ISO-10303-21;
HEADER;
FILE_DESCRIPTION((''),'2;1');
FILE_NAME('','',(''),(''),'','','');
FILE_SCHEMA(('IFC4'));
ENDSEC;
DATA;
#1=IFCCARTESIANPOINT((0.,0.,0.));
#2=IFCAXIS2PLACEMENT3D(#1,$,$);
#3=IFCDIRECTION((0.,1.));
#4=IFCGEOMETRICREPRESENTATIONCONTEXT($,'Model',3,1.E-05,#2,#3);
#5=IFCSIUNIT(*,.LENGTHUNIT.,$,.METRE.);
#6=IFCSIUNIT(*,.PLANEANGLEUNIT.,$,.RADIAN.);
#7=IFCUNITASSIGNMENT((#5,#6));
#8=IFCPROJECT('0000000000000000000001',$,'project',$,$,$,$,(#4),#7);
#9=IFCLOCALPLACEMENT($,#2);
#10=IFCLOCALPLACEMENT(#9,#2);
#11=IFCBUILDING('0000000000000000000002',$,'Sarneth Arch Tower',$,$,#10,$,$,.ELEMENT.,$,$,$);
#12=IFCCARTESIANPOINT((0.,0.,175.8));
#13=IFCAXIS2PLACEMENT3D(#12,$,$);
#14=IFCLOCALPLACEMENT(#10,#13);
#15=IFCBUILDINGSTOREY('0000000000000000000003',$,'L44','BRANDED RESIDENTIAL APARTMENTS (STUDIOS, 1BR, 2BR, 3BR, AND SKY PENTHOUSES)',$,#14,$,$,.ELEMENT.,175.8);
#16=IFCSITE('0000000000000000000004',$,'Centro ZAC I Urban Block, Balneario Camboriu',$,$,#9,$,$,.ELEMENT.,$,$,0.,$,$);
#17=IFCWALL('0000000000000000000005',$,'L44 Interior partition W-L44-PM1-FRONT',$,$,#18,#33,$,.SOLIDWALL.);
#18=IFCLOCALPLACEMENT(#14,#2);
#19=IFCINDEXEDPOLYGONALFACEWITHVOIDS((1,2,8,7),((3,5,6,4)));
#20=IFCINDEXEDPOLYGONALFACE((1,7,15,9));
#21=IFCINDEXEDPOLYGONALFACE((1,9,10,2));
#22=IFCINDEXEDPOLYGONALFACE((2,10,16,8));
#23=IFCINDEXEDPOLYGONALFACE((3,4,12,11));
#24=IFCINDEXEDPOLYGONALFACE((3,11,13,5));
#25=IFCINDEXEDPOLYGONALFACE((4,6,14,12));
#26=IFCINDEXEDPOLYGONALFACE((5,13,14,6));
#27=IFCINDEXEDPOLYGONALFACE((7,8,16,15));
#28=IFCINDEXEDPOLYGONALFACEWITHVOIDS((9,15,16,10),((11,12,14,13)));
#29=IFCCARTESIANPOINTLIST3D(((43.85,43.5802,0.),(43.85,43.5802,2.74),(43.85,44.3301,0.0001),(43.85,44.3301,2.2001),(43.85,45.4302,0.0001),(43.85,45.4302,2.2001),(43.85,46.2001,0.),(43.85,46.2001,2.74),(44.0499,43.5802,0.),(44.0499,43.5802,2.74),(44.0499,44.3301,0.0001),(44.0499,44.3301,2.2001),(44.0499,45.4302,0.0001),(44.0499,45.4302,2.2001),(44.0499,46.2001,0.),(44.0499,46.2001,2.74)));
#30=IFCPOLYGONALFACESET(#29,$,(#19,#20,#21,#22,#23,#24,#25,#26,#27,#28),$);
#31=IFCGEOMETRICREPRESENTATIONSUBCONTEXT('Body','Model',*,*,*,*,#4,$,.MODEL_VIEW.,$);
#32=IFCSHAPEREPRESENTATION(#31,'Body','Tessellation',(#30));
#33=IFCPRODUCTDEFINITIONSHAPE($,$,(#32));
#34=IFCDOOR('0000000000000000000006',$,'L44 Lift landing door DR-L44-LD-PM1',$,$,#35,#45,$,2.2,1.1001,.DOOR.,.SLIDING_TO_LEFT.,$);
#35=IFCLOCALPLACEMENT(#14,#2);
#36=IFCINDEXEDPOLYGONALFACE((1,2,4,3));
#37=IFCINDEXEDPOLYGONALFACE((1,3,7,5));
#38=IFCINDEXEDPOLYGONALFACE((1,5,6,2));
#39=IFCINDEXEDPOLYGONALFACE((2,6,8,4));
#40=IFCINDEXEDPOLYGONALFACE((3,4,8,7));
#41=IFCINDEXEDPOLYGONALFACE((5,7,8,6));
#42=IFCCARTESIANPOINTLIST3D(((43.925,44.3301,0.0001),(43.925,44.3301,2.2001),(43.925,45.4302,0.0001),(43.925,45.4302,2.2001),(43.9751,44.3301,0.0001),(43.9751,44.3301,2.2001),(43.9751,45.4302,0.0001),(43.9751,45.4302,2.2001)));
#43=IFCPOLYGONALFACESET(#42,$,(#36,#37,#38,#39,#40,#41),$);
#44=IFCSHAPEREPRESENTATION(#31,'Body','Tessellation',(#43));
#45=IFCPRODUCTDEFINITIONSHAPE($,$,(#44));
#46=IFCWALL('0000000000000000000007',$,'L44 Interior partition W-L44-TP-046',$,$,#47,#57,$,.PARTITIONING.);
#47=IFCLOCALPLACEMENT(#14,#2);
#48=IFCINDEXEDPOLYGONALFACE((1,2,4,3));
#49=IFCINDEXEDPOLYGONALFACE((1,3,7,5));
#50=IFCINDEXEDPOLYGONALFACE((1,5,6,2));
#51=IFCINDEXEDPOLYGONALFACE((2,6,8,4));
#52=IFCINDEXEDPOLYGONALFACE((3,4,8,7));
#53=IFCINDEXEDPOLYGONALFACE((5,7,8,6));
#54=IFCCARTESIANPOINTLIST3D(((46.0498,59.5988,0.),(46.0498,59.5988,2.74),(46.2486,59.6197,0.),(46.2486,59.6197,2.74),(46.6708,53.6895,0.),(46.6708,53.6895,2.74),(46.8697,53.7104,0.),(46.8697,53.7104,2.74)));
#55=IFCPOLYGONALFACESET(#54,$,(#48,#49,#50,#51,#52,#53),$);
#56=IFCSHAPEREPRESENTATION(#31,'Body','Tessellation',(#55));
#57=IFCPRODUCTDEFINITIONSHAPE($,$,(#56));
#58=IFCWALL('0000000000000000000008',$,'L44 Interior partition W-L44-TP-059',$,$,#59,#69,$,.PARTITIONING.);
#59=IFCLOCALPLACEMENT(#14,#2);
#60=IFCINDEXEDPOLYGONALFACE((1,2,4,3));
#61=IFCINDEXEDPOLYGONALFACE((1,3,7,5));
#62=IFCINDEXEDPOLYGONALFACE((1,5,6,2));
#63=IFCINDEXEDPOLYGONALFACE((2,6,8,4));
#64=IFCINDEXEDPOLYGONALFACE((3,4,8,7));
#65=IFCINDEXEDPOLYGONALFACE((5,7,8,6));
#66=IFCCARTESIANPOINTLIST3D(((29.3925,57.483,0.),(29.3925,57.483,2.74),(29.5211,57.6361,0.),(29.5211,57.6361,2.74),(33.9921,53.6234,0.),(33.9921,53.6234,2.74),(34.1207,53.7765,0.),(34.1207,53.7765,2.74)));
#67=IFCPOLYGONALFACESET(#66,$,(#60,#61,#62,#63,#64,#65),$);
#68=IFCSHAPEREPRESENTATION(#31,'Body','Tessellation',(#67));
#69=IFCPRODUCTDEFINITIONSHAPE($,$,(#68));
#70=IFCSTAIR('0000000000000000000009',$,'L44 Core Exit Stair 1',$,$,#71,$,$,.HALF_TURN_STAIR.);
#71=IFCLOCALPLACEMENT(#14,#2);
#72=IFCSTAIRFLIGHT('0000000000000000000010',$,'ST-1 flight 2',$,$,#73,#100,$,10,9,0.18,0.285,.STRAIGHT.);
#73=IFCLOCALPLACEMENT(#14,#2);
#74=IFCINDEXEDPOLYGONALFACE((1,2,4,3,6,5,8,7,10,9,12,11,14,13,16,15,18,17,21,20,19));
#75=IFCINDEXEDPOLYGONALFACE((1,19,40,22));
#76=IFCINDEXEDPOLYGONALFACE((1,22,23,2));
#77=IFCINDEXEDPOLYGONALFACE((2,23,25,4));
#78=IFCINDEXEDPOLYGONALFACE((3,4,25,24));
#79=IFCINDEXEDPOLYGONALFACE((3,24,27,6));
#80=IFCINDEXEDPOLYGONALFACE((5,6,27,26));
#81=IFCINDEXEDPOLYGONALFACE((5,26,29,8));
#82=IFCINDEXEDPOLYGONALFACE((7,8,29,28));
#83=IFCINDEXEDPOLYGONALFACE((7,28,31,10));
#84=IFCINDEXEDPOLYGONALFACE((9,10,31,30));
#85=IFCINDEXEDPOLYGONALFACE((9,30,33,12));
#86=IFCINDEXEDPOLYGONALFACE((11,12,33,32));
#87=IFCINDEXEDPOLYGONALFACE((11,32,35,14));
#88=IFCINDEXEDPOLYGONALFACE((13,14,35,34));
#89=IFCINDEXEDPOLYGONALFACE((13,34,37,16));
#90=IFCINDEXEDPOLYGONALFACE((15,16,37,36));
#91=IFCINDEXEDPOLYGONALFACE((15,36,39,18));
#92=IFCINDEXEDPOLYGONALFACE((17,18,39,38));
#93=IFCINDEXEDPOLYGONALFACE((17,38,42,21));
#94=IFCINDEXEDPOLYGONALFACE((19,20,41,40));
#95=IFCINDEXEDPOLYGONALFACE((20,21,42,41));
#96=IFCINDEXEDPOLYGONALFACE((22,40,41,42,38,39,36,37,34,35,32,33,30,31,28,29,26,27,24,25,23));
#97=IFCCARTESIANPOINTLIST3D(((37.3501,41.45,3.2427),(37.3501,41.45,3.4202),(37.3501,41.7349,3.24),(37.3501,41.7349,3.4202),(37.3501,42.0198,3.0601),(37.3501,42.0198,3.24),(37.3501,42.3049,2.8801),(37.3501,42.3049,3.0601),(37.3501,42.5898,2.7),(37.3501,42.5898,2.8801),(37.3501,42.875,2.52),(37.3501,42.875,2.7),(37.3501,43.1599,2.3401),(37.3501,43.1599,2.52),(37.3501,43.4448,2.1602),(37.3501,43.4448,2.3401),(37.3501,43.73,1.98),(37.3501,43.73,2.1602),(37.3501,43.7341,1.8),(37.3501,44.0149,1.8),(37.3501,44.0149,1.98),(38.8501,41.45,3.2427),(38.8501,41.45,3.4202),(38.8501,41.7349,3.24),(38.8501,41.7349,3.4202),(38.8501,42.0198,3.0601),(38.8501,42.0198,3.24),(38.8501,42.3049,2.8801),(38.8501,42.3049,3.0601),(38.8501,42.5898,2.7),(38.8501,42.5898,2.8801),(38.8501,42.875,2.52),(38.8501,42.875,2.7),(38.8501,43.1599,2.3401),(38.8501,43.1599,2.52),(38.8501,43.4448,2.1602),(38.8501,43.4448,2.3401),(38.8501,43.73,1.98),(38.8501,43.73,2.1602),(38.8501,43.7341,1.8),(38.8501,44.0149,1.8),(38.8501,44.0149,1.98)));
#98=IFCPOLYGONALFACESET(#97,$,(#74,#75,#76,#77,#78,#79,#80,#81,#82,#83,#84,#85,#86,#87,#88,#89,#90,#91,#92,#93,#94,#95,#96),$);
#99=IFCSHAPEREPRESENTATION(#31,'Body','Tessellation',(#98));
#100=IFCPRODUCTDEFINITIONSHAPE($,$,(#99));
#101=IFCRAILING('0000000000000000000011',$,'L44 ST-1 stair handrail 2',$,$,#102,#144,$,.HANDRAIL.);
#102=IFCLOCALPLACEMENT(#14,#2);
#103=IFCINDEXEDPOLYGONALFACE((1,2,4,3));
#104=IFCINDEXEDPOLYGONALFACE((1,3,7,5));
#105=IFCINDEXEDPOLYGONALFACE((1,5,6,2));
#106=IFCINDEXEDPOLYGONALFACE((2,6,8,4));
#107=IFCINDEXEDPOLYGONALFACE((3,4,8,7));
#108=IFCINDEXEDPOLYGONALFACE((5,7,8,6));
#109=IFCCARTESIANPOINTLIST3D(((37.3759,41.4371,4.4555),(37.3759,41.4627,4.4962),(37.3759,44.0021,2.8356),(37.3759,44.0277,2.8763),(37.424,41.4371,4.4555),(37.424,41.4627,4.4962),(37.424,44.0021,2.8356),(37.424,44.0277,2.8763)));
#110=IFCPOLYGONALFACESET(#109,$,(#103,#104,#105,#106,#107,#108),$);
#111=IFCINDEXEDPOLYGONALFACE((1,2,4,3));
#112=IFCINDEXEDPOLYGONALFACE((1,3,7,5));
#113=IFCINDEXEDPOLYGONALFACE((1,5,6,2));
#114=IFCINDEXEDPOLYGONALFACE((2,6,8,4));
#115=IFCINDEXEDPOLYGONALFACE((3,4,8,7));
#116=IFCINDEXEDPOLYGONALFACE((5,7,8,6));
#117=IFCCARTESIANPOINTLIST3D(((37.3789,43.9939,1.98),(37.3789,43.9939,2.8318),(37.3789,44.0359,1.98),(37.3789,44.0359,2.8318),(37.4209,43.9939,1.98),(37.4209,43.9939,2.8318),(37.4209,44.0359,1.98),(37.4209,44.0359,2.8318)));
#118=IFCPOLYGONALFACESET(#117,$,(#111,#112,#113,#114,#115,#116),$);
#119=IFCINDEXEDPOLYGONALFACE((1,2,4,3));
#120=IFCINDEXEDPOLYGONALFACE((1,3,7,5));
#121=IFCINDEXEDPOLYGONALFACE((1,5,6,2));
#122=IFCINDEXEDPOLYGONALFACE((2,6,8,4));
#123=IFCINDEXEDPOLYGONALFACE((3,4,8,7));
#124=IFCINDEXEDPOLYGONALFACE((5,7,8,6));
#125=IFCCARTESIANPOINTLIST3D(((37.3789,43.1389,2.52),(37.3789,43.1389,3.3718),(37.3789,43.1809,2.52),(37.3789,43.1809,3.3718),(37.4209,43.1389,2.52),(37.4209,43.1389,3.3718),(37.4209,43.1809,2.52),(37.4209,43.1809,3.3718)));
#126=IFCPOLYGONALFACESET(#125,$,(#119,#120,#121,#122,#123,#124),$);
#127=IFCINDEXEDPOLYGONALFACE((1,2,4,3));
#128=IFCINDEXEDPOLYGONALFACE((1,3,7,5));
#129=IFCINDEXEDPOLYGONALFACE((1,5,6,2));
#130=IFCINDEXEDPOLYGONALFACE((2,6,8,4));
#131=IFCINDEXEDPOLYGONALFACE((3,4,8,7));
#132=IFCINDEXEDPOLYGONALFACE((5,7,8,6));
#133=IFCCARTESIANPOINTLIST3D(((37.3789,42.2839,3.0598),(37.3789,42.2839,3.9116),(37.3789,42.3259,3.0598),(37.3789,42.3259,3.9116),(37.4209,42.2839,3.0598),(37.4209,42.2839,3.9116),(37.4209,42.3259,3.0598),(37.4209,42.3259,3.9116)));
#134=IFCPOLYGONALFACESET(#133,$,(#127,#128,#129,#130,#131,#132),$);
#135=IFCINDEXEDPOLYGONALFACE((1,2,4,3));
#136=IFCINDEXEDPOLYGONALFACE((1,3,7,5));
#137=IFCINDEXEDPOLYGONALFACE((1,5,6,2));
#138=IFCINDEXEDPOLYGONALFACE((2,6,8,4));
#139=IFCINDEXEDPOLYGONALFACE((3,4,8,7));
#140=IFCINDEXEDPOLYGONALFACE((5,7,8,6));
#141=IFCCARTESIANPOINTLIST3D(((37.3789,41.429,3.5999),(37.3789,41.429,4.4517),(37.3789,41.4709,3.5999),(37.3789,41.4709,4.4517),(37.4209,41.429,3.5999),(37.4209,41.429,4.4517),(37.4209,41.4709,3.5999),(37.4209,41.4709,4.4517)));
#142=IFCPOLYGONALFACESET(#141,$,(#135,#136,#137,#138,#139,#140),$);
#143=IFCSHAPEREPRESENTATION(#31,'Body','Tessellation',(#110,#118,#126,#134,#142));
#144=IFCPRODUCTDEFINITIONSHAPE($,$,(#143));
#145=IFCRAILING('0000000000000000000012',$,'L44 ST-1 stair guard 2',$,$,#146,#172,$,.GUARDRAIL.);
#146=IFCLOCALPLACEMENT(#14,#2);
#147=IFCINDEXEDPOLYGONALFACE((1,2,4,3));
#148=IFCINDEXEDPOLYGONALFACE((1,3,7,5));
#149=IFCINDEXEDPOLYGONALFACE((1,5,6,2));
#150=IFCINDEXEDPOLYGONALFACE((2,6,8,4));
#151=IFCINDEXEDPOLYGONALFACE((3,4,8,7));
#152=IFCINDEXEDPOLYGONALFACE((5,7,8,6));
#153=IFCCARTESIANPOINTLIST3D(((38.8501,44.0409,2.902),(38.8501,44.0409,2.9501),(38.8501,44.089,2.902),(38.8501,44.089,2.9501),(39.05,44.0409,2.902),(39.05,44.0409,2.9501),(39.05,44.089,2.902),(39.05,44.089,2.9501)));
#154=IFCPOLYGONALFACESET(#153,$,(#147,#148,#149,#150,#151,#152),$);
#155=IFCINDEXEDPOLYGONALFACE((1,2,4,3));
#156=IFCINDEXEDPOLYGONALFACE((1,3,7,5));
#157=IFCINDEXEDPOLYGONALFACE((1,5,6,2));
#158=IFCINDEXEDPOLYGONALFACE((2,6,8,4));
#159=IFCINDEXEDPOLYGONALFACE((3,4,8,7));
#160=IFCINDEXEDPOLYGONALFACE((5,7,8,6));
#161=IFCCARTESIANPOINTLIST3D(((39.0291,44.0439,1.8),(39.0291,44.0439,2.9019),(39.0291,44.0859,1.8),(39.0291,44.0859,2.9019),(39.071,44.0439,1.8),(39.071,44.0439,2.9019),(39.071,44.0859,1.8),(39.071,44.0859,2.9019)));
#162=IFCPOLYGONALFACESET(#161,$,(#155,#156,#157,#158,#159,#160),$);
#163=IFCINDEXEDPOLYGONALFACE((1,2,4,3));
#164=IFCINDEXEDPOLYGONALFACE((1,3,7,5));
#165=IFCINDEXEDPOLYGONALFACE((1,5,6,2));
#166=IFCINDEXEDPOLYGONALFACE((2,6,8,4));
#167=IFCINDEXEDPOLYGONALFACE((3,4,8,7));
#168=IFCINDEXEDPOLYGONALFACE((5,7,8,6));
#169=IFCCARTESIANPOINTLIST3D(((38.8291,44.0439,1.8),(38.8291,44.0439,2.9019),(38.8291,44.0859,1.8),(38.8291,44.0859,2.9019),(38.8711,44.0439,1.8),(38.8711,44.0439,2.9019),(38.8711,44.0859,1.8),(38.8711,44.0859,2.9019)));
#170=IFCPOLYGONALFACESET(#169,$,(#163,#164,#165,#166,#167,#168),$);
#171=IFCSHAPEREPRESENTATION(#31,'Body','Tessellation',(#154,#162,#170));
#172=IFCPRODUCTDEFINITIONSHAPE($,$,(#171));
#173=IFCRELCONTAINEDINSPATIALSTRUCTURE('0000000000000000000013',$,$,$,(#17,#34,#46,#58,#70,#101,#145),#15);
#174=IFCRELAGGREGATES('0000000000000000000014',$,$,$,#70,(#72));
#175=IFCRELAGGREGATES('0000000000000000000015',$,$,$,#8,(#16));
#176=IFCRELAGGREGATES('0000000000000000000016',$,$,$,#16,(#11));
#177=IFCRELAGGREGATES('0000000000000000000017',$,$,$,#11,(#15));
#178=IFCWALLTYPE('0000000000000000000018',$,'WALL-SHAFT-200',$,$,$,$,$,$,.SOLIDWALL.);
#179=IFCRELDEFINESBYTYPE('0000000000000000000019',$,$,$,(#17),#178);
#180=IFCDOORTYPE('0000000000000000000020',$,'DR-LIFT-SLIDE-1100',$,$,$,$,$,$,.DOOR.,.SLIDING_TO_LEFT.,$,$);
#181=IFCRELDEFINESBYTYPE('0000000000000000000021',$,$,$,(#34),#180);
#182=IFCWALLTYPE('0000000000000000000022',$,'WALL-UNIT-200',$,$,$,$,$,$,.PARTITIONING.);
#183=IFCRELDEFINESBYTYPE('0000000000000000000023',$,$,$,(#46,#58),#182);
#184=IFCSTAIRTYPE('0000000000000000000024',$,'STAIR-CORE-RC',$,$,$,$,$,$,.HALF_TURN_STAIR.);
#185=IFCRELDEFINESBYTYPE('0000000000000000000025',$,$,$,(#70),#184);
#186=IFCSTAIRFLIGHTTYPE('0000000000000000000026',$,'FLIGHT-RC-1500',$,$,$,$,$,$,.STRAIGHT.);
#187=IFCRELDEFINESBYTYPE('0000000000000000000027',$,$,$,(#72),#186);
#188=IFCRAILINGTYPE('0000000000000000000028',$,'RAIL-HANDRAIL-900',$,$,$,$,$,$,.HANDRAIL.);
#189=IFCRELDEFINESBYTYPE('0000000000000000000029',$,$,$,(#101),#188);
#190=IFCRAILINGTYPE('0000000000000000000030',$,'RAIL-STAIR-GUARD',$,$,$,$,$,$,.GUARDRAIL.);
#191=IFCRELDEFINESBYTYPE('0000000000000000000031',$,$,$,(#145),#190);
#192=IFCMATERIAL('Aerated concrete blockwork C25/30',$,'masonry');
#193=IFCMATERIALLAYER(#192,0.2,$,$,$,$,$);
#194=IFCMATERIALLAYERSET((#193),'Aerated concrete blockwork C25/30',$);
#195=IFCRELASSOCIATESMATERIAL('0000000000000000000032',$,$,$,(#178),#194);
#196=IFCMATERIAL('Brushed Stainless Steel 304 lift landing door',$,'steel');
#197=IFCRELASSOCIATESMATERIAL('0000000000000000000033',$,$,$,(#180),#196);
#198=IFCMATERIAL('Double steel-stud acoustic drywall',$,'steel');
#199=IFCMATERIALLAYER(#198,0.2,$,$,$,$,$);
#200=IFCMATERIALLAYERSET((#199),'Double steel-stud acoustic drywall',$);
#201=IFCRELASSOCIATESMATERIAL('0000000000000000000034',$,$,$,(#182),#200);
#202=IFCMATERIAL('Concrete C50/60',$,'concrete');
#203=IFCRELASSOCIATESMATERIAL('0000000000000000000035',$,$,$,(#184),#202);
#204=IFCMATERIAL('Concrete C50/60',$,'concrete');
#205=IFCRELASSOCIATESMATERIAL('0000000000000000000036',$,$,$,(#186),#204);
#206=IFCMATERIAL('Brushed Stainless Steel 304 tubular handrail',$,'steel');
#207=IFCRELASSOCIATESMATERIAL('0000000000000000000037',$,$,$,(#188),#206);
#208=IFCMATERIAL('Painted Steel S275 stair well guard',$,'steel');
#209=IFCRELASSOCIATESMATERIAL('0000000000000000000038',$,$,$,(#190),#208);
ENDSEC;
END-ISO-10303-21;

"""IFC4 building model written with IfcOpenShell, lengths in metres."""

from ifc_helpers import new_model, si_unit, direction, frame, frame_2d, origin, origin_2d, place, context, subcontext, project, spatial, polyline, rectangle, outline, extrude, material, layer, layer_set, type_object, element, fill, aggregate, save


model = new_model("IFC4")

# Units and contexts
model_context = context("Model", 3, precision=1e-05, world=origin(), true_north=direction((0.0, 1.0)))
body_context = subcontext(model_context, "Body", "Model", "MODEL_VIEW")
ifc_project = project(units=[si_unit("LENGTHUNIT", "METRE"), si_unit("PLANEANGLEUNIT", "RADIAN")], contexts=[model_context])

# Site, building, storey
site_placement = place(None, origin())
site = spatial("IfcSite", under=ifc_project, at=site_placement, Name="Centro ZAC I Urban Block, Balneario Camboriu", CompositionType="ELEMENT", RefElevation=0.0)
building_placement = place(site_placement, origin())
building = spatial("IfcBuilding", under=site, at=building_placement, Name="Sarneth Arch Tower", CompositionType="ELEMENT")
storey_placement = place(building_placement, frame((0.0, 0.0, 175.8)))
storey = spatial("IfcBuildingStorey", under=building, at=storey_placement, Name="L44", Description="BRANDED RESIDENTIAL APARTMENTS (STUDIOS, 1BR, 2BR, 3BR, AND SKY PENTHOUSES)", CompositionType="ELEMENT", Elevation=175.8)

# Shared definitions
ifc_material_1 = material(Name="Aerated concrete blockwork C25/30", Category="masonry")
ifc_layer_1 = layer(ifc_material_1, 0.2)
ifc_layer_set_1 = layer_set([ifc_layer_1], Name="Aerated concrete blockwork C25/30")
wall_type_1 = type_object("IfcWallType", Name="WALL-SHAFT-200", PredefinedType="SOLIDWALL", material=ifc_layer_set_1)

# Wall, opening, door
wall_1_placement = place(storey_placement, frame((43.95, 43.5801, 0.0), z_axis=(0.0, 0.0, 1.0), x_axis=(0.0, 1.0, 0.0)))
wall_1 = element("IfcWall", 1, at=wall_1_placement, inside=storey, type_object=wall_type_1, Name="L44 Interior partition W-L44-PM1-FRONT", PredefinedType="SOLIDWALL", context=body_context, shape_type="SweptSolid", body=[
    extrude(rectangle(XDim=2.6199, YDim=0.2, at=frame_2d((1.3101, 0.0))), origin(), (0.0, 0.0, 1.0), 2.74),
])
opening_1_placement = place(wall_1_placement, frame((0.75, 0.0, 0.0)))
opening_1 = element("IfcOpeningElement", 2, at=opening_1_placement, cuts=wall_1, PredefinedType="OPENING", context=body_context, shape_type="SweptSolid", body=[
    extrude(rectangle(XDim=1.1001, YDim=2.2, at=frame_2d((0.55, 1.1001))), frame((0.0, 0.1099, 0.0), z_axis=(0.0, -1.0, 0.0), x_axis=(1.0, 0.0, 0.0)), (0.0, 0.0, 1.0), 0.22),
])
ifc_material_2 = material(Name="Brushed Stainless Steel 304 lift landing door", Category="steel")
door_type_1 = type_object("IfcDoorType", Name="DR-LIFT-SLIDE-1100", OperationType="SLIDING_TO_LEFT", PredefinedType="DOOR", material=ifc_material_2)
door_1_placement = place(opening_1_placement, origin())
door_1 = element("IfcDoor", 3, at=door_1_placement, inside=storey, type_object=door_type_1, Name="L44 Lift landing door DR-L44-LD-PM1", OperationType="SLIDING_TO_LEFT", OverallHeight=2.2, OverallWidth=1.1001, PredefinedType="DOOR", context=body_context, shape_type="SweptSolid", body=[
    extrude(rectangle(XDim=1.1001, YDim=2.2, at=frame_2d((0.55, 1.1001))), frame((0.0, 0.0249, 0.0), z_axis=(0.0, -1.0, 0.0), x_axis=(1.0, 0.0, 0.0)), (0.0, 0.0, 1.0), 0.05),
])
fill(opening_1, door_1)

# Walls
ifc_material_3 = material(Name="Double steel-stud acoustic drywall", Category="steel")
ifc_layer_2 = layer(ifc_material_3, 0.2)
ifc_layer_set_2 = layer_set([ifc_layer_2], Name="Double steel-stud acoustic drywall")
wall_type_2 = type_object("IfcWallType", Name="WALL-UNIT-200", PredefinedType="PARTITIONING", material=ifc_layer_set_2)
wall_2_placement = place(storey_placement, frame((46.7703, 53.7, 0.0), z_axis=(0.0, 0.0, 1.0), x_axis=(-0.104527, 0.994522, 0.0)))
element("IfcWall", 4, at=wall_2_placement, inside=storey, type_object=wall_type_2, Name="L44 Interior partition W-L44-TP-046", PredefinedType="PARTITIONING", context=body_context, shape_type="SweptSolid", body=[
    extrude(rectangle(XDim=5.9419, YDim=0.2, at=frame_2d((2.9709, 0.0))), origin(), (0.0, 0.0, 1.0), 2.74),
])
wall_3_placement = place(storey_placement, frame((34.0564, 53.7, 0.0), z_axis=(0.0, 0.0, 1.0), x_axis=(-0.766037, 0.642796, 0.0)))
element("IfcWall", 5, at=wall_3_placement, inside=storey, type_object=wall_type_2, Name="L44 Interior partition W-L44-TP-059", PredefinedType="PARTITIONING", context=body_context, shape_type="SweptSolid", body=[
    extrude(rectangle(XDim=6.0044, YDim=0.2, at=frame_2d((3.0022, 0.0))), origin(), (0.0, 0.0, 1.0), 2.74),
])

# Stair, stair flight
ifc_material_4 = material(Name="Concrete C50/60", Category="concrete")
stair_type = type_object("IfcStairType", Name="STAIR-CORE-RC", PredefinedType="HALF_TURN_STAIR", material=ifc_material_4)
stair_placement = place(storey_placement, origin())
stair = element("IfcStair", 6, at=stair_placement, inside=storey, type_object=stair_type, Name="L44 Core Exit Stair 1", PredefinedType="HALF_TURN_STAIR")
ifc_material_5 = material(Name="Concrete C50/60", Category="concrete")
stair_flight_type = type_object("IfcStairFlightType", Name="FLIGHT-RC-1500", PredefinedType="STRAIGHT", material=ifc_material_5)
stair_flight_placement = place(storey_placement, frame((38.1001, 44.0149, 1.8), z_axis=(0.0, 0.0, 1.0), x_axis=(0.0, -1.0, 0.0)))
stair_flight = element("IfcStairFlight", 7, at=stair_flight_placement, type_object=stair_flight_type, Name="ST-1 flight 2", NumberOfRisers=10, NumberOfTreads=9, PredefinedType="STRAIGHT", RiserHeight=0.18, TreadLength=0.285, context=body_context, shape_type="SweptSolid", body=[
    extrude(outline(polyline([(0.0, 0.0), (0.0, 0.1799), (0.2849, 0.1799), (0.2849, 0.3601), (0.5701, 0.3601), (0.5701, 0.54), (0.855, 0.54), (0.855, 0.72), (1.1399, 0.72), (1.1399, 0.8999), (1.425, 0.8999), (1.425, 1.0801), (1.71, 1.0801), (1.71, 1.26), (1.9951, 1.26), (1.9951, 1.4399), (2.28, 1.4399), (2.28, 1.6201), (2.5649, 1.6201), (2.5649, 1.8), (2.5649, 1.4426), (0.2808, 0.0), (0.0, 0.0)])), frame((0.0, 0.75, 0.0), z_axis=(0.0, -1.0, 0.0), x_axis=(1.0, 0.0, 0.0)), (0.0, 0.0, 1.0), 1.5),
])
aggregate(stair, [stair_flight])

# Railings
ifc_material_6 = material(Name="Brushed Stainless Steel 304 tubular handrail", Category="steel")
railing_type_1 = type_object("IfcRailingType", Name="RAIL-HANDRAIL-900", PredefinedType="HANDRAIL", material=ifc_material_6)
railing_1_placement = place(storey_placement, frame((37.3999, 44.0149, 1.98)))
element("IfcRailing", 8, at=railing_1_placement, inside=storey, type_object=railing_type_1, Name="L44 ST-1 stair handrail 2", PredefinedType="HANDRAIL", context=body_context, shape_type="SweptSolid", body=[
    extrude(rectangle(XDim=0.0481, YDim=0.0481, at=origin_2d()), frame((0.0, 0.0, 0.876), z_axis=(0.0, -0.845502, 0.533972), x_axis=(1.0, 0.0, 0.0)), (0.0, 0.0, 1.0), 3.0337),
    extrude(rectangle(XDim=0.042, YDim=0.042, at=origin_2d()), origin(), (0.0, 0.0, 1.0), 0.8518),
    extrude(rectangle(XDim=0.042, YDim=0.042, at=origin_2d()), frame((0.0, -0.855, 0.54)), (0.0, 0.0, 1.0), 0.8518),
    extrude(rectangle(XDim=0.042, YDim=0.042, at=origin_2d()), frame((0.0, -1.71, 1.0798)), (0.0, 0.0, 1.0), 0.8518),
    extrude(rectangle(XDim=0.042, YDim=0.042, at=origin_2d()), frame((0.0, -2.5649, 1.6199)), (0.0, 0.0, 1.0), 0.8518),
])
ifc_material_7 = material(Name="Painted Steel S275 stair well guard", Category="steel")
railing_type_2 = type_object("IfcRailingType", Name="RAIL-STAIR-GUARD", PredefinedType="GUARDRAIL", material=ifc_material_7)
railing_2_placement = place(storey_placement, frame((39.05, 44.0649, 1.8)))
element("IfcRailing", 9, at=railing_2_placement, inside=storey, type_object=railing_type_2, Name="L44 ST-1 stair guard 2", PredefinedType="GUARDRAIL", context=body_context, shape_type="SweptSolid", body=[
    extrude(rectangle(XDim=0.0481, YDim=0.0481, at=origin_2d()), frame((0.0, 0.0, 1.126), z_axis=(-1.0, 0.0, 0.0), x_axis=(0.0, -1.0, 0.0)), (0.0, 0.0, 1.0), 0.2),
    extrude(rectangle(XDim=0.042, YDim=0.042, at=origin_2d()), origin(), (0.0, 0.0, 1.0), 1.1018),
    extrude(rectangle(XDim=0.042, YDim=0.042, at=origin_2d()), frame((-0.2, 0.0, 0.0)), (0.0, 0.0, 1.0), 1.1018),
])

save(model, "model.ifc")
